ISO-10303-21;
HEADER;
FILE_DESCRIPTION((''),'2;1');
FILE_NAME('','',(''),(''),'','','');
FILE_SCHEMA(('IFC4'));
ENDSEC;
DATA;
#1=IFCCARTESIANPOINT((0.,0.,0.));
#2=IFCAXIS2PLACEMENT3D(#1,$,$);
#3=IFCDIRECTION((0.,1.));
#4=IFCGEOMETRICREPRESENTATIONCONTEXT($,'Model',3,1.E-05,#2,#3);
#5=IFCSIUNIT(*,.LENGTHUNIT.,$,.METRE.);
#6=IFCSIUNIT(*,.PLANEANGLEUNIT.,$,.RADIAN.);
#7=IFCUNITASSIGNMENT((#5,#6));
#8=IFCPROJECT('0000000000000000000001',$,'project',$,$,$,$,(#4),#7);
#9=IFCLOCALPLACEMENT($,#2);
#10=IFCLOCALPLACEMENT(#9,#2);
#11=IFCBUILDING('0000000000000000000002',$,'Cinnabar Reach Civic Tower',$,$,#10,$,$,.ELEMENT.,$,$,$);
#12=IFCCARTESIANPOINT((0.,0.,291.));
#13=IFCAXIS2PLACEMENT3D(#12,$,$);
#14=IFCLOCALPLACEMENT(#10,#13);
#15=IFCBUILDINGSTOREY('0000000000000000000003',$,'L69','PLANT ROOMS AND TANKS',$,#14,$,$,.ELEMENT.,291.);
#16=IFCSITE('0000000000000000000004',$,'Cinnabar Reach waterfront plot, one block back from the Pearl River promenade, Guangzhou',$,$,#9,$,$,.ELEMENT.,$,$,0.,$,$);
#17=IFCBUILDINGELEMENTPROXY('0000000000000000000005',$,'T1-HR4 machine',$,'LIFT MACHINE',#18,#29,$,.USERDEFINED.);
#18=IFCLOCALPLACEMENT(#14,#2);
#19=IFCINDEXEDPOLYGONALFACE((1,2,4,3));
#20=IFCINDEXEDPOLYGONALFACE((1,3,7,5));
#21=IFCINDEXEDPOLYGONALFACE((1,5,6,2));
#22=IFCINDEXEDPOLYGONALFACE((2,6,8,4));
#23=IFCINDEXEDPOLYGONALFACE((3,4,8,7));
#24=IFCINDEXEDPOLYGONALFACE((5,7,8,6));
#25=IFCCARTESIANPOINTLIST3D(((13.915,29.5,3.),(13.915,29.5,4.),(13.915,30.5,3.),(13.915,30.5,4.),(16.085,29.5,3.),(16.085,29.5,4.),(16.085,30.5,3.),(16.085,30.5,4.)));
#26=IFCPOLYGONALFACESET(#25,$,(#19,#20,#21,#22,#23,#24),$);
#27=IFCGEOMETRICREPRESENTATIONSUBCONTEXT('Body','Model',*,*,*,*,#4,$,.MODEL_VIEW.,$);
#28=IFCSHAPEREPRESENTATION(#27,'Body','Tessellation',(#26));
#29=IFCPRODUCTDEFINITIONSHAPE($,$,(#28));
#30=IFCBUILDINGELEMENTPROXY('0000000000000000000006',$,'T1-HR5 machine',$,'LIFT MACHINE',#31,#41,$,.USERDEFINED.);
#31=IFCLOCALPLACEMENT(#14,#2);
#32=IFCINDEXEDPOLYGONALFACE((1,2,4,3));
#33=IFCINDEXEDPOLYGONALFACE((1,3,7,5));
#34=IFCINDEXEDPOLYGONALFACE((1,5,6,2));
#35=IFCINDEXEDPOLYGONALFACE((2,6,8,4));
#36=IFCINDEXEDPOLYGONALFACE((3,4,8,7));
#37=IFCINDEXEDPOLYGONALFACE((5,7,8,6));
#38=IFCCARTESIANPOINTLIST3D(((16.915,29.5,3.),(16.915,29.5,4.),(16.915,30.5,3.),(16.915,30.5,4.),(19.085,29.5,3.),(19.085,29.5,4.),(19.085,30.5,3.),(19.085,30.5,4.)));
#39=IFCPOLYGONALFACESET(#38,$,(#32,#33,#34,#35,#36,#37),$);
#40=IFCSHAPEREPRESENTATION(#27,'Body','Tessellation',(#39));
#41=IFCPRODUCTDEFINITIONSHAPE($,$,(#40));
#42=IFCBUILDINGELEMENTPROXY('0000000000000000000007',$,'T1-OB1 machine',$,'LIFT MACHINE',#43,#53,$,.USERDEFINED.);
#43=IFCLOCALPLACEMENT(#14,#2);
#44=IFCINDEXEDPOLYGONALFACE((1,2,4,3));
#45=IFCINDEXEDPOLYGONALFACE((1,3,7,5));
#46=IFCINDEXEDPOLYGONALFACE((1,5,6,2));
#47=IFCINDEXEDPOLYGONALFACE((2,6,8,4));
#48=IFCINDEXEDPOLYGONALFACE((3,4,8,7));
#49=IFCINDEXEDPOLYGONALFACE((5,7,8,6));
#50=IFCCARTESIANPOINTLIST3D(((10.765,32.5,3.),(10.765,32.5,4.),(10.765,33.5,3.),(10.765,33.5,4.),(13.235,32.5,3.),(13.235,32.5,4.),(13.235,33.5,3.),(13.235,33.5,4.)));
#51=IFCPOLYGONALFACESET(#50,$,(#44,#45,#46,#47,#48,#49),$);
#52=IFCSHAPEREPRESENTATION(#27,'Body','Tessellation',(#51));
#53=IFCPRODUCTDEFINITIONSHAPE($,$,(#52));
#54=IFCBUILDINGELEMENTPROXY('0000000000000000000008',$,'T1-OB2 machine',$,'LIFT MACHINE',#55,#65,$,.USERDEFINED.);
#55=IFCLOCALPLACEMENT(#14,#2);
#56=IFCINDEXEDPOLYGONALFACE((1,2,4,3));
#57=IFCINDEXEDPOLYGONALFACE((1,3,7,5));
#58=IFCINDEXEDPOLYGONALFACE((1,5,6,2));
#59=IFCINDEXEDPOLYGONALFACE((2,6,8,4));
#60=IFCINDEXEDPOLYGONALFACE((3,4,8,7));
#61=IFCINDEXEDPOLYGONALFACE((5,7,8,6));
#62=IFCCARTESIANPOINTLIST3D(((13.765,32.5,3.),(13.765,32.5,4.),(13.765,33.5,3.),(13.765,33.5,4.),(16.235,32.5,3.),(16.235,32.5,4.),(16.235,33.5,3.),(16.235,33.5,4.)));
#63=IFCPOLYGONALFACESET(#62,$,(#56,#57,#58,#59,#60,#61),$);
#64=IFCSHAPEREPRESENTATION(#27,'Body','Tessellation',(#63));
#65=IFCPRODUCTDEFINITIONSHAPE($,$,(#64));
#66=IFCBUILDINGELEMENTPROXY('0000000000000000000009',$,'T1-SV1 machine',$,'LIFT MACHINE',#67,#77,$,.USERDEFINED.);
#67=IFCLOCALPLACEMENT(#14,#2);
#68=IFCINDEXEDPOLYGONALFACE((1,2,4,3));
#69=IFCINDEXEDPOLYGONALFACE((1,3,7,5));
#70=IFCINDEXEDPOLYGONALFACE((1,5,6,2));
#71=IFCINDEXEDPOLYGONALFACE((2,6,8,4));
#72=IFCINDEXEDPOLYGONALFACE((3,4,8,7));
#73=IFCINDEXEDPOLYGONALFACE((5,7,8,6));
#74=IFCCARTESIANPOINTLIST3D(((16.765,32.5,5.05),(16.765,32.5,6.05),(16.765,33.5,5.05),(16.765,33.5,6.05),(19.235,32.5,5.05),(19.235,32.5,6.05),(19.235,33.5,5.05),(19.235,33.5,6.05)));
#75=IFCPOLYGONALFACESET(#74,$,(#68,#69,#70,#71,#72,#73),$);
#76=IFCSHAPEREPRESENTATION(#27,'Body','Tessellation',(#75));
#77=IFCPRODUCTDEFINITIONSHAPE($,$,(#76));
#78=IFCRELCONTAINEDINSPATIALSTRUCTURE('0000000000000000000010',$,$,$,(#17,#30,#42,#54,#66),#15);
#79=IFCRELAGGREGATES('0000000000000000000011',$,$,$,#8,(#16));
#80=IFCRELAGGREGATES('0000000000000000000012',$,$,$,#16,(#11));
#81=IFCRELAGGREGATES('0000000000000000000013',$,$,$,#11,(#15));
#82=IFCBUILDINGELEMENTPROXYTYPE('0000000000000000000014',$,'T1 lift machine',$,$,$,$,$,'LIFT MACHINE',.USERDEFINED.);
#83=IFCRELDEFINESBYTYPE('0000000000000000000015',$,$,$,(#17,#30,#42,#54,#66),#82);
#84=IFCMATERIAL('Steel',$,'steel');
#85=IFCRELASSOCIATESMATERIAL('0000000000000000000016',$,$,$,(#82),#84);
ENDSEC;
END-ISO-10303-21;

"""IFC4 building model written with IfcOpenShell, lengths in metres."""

from ifc_helpers import new_model, si_unit, direction, frame, origin, origin_2d, place, context, subcontext, project, spatial, rectangle, extrude, material, type_object, element, save


model = new_model("IFC4")

# Units and contexts
model_context = context("Model", 3, precision=1e-05, world=origin(), true_north=direction((0.0, 1.0)))
body_context = subcontext(model_context, "Body", "Model", "MODEL_VIEW")
ifc_project = project(units=[si_unit("LENGTHUNIT", "METRE"), si_unit("PLANEANGLEUNIT", "RADIAN")], contexts=[model_context])

# Site, building, storey
site_placement = place(None, origin())
site = spatial("IfcSite", under=ifc_project, at=site_placement, Name="Cinnabar Reach waterfront plot, one block back from the Pearl River promenade, Guangzhou", CompositionType="ELEMENT", RefElevation=0.0)
building_placement = place(site_placement, origin())
building = spatial("IfcBuilding", under=site, at=building_placement, Name="Cinnabar Reach Civic Tower", CompositionType="ELEMENT")
storey_placement = place(building_placement, frame((0.0, 0.0, 291.0)))
storey = spatial("IfcBuildingStorey", under=building, at=storey_placement, Name="L69", Description="PLANT ROOMS AND TANKS", CompositionType="ELEMENT", Elevation=291.0)

# Building element proxies
ifc_material_1 = material(Name="Steel", Category="steel")
building_element_proxy_type = type_object("IfcBuildingElementProxyType", Name="T1 lift machine", ElementType="LIFT MACHINE", PredefinedType="USERDEFINED", material=ifc_material_1)
for number, where, z_axis, x_axis, name in (
    (1, (15.0, 30.0, 3.0), (0.0, 0.0, 1.0), (1.0, 0.0, 0.0), "T1-HR4 machine"),
    (2, (18.0, 30.0, 3.0), (0.0, 0.0, 1.0), (1.0, 0.0, 0.0), "T1-HR5 machine"),
):
    element("IfcBuildingElementProxy", number, at=place(storey_placement, frame(where, z_axis=z_axis, x_axis=x_axis)), inside=storey, type_object=building_element_proxy_type, Name=name, ObjectType="LIFT MACHINE", PredefinedType="USERDEFINED", context=body_context, shape_type="SweptSolid", body=[
        extrude(rectangle(XDim=2.17, YDim=1.0, at=origin_2d()), origin(), (0.0, 0.0, 1.0), 1.0),
    ])
for number, where, z_axis, x_axis, name in (
    (3, (12.0, 33.0, 3.0), (0.0, 0.0, 1.0), (1.0, 0.0, 0.0), "T1-OB1 machine"),
    (4, (15.0, 33.0, 3.0), (0.0, 0.0, 1.0), (1.0, 0.0, 0.0), "T1-OB2 machine"),
    (5, (18.0, 33.0, 5.05), (0.0, 0.0, 1.0), (1.0, 0.0, 0.0), "T1-SV1 machine"),
):
    element("IfcBuildingElementProxy", number, at=place(storey_placement, frame(where, z_axis=z_axis, x_axis=x_axis)), inside=storey, type_object=building_element_proxy_type, Name=name, ObjectType="LIFT MACHINE", PredefinedType="USERDEFINED", context=body_context, shape_type="SweptSolid", body=[
        extrude(rectangle(XDim=2.47, YDim=1.0, at=origin_2d()), origin(), (0.0, 0.0, 1.0), 1.0),
    ])

save(model, "model.ifc")
